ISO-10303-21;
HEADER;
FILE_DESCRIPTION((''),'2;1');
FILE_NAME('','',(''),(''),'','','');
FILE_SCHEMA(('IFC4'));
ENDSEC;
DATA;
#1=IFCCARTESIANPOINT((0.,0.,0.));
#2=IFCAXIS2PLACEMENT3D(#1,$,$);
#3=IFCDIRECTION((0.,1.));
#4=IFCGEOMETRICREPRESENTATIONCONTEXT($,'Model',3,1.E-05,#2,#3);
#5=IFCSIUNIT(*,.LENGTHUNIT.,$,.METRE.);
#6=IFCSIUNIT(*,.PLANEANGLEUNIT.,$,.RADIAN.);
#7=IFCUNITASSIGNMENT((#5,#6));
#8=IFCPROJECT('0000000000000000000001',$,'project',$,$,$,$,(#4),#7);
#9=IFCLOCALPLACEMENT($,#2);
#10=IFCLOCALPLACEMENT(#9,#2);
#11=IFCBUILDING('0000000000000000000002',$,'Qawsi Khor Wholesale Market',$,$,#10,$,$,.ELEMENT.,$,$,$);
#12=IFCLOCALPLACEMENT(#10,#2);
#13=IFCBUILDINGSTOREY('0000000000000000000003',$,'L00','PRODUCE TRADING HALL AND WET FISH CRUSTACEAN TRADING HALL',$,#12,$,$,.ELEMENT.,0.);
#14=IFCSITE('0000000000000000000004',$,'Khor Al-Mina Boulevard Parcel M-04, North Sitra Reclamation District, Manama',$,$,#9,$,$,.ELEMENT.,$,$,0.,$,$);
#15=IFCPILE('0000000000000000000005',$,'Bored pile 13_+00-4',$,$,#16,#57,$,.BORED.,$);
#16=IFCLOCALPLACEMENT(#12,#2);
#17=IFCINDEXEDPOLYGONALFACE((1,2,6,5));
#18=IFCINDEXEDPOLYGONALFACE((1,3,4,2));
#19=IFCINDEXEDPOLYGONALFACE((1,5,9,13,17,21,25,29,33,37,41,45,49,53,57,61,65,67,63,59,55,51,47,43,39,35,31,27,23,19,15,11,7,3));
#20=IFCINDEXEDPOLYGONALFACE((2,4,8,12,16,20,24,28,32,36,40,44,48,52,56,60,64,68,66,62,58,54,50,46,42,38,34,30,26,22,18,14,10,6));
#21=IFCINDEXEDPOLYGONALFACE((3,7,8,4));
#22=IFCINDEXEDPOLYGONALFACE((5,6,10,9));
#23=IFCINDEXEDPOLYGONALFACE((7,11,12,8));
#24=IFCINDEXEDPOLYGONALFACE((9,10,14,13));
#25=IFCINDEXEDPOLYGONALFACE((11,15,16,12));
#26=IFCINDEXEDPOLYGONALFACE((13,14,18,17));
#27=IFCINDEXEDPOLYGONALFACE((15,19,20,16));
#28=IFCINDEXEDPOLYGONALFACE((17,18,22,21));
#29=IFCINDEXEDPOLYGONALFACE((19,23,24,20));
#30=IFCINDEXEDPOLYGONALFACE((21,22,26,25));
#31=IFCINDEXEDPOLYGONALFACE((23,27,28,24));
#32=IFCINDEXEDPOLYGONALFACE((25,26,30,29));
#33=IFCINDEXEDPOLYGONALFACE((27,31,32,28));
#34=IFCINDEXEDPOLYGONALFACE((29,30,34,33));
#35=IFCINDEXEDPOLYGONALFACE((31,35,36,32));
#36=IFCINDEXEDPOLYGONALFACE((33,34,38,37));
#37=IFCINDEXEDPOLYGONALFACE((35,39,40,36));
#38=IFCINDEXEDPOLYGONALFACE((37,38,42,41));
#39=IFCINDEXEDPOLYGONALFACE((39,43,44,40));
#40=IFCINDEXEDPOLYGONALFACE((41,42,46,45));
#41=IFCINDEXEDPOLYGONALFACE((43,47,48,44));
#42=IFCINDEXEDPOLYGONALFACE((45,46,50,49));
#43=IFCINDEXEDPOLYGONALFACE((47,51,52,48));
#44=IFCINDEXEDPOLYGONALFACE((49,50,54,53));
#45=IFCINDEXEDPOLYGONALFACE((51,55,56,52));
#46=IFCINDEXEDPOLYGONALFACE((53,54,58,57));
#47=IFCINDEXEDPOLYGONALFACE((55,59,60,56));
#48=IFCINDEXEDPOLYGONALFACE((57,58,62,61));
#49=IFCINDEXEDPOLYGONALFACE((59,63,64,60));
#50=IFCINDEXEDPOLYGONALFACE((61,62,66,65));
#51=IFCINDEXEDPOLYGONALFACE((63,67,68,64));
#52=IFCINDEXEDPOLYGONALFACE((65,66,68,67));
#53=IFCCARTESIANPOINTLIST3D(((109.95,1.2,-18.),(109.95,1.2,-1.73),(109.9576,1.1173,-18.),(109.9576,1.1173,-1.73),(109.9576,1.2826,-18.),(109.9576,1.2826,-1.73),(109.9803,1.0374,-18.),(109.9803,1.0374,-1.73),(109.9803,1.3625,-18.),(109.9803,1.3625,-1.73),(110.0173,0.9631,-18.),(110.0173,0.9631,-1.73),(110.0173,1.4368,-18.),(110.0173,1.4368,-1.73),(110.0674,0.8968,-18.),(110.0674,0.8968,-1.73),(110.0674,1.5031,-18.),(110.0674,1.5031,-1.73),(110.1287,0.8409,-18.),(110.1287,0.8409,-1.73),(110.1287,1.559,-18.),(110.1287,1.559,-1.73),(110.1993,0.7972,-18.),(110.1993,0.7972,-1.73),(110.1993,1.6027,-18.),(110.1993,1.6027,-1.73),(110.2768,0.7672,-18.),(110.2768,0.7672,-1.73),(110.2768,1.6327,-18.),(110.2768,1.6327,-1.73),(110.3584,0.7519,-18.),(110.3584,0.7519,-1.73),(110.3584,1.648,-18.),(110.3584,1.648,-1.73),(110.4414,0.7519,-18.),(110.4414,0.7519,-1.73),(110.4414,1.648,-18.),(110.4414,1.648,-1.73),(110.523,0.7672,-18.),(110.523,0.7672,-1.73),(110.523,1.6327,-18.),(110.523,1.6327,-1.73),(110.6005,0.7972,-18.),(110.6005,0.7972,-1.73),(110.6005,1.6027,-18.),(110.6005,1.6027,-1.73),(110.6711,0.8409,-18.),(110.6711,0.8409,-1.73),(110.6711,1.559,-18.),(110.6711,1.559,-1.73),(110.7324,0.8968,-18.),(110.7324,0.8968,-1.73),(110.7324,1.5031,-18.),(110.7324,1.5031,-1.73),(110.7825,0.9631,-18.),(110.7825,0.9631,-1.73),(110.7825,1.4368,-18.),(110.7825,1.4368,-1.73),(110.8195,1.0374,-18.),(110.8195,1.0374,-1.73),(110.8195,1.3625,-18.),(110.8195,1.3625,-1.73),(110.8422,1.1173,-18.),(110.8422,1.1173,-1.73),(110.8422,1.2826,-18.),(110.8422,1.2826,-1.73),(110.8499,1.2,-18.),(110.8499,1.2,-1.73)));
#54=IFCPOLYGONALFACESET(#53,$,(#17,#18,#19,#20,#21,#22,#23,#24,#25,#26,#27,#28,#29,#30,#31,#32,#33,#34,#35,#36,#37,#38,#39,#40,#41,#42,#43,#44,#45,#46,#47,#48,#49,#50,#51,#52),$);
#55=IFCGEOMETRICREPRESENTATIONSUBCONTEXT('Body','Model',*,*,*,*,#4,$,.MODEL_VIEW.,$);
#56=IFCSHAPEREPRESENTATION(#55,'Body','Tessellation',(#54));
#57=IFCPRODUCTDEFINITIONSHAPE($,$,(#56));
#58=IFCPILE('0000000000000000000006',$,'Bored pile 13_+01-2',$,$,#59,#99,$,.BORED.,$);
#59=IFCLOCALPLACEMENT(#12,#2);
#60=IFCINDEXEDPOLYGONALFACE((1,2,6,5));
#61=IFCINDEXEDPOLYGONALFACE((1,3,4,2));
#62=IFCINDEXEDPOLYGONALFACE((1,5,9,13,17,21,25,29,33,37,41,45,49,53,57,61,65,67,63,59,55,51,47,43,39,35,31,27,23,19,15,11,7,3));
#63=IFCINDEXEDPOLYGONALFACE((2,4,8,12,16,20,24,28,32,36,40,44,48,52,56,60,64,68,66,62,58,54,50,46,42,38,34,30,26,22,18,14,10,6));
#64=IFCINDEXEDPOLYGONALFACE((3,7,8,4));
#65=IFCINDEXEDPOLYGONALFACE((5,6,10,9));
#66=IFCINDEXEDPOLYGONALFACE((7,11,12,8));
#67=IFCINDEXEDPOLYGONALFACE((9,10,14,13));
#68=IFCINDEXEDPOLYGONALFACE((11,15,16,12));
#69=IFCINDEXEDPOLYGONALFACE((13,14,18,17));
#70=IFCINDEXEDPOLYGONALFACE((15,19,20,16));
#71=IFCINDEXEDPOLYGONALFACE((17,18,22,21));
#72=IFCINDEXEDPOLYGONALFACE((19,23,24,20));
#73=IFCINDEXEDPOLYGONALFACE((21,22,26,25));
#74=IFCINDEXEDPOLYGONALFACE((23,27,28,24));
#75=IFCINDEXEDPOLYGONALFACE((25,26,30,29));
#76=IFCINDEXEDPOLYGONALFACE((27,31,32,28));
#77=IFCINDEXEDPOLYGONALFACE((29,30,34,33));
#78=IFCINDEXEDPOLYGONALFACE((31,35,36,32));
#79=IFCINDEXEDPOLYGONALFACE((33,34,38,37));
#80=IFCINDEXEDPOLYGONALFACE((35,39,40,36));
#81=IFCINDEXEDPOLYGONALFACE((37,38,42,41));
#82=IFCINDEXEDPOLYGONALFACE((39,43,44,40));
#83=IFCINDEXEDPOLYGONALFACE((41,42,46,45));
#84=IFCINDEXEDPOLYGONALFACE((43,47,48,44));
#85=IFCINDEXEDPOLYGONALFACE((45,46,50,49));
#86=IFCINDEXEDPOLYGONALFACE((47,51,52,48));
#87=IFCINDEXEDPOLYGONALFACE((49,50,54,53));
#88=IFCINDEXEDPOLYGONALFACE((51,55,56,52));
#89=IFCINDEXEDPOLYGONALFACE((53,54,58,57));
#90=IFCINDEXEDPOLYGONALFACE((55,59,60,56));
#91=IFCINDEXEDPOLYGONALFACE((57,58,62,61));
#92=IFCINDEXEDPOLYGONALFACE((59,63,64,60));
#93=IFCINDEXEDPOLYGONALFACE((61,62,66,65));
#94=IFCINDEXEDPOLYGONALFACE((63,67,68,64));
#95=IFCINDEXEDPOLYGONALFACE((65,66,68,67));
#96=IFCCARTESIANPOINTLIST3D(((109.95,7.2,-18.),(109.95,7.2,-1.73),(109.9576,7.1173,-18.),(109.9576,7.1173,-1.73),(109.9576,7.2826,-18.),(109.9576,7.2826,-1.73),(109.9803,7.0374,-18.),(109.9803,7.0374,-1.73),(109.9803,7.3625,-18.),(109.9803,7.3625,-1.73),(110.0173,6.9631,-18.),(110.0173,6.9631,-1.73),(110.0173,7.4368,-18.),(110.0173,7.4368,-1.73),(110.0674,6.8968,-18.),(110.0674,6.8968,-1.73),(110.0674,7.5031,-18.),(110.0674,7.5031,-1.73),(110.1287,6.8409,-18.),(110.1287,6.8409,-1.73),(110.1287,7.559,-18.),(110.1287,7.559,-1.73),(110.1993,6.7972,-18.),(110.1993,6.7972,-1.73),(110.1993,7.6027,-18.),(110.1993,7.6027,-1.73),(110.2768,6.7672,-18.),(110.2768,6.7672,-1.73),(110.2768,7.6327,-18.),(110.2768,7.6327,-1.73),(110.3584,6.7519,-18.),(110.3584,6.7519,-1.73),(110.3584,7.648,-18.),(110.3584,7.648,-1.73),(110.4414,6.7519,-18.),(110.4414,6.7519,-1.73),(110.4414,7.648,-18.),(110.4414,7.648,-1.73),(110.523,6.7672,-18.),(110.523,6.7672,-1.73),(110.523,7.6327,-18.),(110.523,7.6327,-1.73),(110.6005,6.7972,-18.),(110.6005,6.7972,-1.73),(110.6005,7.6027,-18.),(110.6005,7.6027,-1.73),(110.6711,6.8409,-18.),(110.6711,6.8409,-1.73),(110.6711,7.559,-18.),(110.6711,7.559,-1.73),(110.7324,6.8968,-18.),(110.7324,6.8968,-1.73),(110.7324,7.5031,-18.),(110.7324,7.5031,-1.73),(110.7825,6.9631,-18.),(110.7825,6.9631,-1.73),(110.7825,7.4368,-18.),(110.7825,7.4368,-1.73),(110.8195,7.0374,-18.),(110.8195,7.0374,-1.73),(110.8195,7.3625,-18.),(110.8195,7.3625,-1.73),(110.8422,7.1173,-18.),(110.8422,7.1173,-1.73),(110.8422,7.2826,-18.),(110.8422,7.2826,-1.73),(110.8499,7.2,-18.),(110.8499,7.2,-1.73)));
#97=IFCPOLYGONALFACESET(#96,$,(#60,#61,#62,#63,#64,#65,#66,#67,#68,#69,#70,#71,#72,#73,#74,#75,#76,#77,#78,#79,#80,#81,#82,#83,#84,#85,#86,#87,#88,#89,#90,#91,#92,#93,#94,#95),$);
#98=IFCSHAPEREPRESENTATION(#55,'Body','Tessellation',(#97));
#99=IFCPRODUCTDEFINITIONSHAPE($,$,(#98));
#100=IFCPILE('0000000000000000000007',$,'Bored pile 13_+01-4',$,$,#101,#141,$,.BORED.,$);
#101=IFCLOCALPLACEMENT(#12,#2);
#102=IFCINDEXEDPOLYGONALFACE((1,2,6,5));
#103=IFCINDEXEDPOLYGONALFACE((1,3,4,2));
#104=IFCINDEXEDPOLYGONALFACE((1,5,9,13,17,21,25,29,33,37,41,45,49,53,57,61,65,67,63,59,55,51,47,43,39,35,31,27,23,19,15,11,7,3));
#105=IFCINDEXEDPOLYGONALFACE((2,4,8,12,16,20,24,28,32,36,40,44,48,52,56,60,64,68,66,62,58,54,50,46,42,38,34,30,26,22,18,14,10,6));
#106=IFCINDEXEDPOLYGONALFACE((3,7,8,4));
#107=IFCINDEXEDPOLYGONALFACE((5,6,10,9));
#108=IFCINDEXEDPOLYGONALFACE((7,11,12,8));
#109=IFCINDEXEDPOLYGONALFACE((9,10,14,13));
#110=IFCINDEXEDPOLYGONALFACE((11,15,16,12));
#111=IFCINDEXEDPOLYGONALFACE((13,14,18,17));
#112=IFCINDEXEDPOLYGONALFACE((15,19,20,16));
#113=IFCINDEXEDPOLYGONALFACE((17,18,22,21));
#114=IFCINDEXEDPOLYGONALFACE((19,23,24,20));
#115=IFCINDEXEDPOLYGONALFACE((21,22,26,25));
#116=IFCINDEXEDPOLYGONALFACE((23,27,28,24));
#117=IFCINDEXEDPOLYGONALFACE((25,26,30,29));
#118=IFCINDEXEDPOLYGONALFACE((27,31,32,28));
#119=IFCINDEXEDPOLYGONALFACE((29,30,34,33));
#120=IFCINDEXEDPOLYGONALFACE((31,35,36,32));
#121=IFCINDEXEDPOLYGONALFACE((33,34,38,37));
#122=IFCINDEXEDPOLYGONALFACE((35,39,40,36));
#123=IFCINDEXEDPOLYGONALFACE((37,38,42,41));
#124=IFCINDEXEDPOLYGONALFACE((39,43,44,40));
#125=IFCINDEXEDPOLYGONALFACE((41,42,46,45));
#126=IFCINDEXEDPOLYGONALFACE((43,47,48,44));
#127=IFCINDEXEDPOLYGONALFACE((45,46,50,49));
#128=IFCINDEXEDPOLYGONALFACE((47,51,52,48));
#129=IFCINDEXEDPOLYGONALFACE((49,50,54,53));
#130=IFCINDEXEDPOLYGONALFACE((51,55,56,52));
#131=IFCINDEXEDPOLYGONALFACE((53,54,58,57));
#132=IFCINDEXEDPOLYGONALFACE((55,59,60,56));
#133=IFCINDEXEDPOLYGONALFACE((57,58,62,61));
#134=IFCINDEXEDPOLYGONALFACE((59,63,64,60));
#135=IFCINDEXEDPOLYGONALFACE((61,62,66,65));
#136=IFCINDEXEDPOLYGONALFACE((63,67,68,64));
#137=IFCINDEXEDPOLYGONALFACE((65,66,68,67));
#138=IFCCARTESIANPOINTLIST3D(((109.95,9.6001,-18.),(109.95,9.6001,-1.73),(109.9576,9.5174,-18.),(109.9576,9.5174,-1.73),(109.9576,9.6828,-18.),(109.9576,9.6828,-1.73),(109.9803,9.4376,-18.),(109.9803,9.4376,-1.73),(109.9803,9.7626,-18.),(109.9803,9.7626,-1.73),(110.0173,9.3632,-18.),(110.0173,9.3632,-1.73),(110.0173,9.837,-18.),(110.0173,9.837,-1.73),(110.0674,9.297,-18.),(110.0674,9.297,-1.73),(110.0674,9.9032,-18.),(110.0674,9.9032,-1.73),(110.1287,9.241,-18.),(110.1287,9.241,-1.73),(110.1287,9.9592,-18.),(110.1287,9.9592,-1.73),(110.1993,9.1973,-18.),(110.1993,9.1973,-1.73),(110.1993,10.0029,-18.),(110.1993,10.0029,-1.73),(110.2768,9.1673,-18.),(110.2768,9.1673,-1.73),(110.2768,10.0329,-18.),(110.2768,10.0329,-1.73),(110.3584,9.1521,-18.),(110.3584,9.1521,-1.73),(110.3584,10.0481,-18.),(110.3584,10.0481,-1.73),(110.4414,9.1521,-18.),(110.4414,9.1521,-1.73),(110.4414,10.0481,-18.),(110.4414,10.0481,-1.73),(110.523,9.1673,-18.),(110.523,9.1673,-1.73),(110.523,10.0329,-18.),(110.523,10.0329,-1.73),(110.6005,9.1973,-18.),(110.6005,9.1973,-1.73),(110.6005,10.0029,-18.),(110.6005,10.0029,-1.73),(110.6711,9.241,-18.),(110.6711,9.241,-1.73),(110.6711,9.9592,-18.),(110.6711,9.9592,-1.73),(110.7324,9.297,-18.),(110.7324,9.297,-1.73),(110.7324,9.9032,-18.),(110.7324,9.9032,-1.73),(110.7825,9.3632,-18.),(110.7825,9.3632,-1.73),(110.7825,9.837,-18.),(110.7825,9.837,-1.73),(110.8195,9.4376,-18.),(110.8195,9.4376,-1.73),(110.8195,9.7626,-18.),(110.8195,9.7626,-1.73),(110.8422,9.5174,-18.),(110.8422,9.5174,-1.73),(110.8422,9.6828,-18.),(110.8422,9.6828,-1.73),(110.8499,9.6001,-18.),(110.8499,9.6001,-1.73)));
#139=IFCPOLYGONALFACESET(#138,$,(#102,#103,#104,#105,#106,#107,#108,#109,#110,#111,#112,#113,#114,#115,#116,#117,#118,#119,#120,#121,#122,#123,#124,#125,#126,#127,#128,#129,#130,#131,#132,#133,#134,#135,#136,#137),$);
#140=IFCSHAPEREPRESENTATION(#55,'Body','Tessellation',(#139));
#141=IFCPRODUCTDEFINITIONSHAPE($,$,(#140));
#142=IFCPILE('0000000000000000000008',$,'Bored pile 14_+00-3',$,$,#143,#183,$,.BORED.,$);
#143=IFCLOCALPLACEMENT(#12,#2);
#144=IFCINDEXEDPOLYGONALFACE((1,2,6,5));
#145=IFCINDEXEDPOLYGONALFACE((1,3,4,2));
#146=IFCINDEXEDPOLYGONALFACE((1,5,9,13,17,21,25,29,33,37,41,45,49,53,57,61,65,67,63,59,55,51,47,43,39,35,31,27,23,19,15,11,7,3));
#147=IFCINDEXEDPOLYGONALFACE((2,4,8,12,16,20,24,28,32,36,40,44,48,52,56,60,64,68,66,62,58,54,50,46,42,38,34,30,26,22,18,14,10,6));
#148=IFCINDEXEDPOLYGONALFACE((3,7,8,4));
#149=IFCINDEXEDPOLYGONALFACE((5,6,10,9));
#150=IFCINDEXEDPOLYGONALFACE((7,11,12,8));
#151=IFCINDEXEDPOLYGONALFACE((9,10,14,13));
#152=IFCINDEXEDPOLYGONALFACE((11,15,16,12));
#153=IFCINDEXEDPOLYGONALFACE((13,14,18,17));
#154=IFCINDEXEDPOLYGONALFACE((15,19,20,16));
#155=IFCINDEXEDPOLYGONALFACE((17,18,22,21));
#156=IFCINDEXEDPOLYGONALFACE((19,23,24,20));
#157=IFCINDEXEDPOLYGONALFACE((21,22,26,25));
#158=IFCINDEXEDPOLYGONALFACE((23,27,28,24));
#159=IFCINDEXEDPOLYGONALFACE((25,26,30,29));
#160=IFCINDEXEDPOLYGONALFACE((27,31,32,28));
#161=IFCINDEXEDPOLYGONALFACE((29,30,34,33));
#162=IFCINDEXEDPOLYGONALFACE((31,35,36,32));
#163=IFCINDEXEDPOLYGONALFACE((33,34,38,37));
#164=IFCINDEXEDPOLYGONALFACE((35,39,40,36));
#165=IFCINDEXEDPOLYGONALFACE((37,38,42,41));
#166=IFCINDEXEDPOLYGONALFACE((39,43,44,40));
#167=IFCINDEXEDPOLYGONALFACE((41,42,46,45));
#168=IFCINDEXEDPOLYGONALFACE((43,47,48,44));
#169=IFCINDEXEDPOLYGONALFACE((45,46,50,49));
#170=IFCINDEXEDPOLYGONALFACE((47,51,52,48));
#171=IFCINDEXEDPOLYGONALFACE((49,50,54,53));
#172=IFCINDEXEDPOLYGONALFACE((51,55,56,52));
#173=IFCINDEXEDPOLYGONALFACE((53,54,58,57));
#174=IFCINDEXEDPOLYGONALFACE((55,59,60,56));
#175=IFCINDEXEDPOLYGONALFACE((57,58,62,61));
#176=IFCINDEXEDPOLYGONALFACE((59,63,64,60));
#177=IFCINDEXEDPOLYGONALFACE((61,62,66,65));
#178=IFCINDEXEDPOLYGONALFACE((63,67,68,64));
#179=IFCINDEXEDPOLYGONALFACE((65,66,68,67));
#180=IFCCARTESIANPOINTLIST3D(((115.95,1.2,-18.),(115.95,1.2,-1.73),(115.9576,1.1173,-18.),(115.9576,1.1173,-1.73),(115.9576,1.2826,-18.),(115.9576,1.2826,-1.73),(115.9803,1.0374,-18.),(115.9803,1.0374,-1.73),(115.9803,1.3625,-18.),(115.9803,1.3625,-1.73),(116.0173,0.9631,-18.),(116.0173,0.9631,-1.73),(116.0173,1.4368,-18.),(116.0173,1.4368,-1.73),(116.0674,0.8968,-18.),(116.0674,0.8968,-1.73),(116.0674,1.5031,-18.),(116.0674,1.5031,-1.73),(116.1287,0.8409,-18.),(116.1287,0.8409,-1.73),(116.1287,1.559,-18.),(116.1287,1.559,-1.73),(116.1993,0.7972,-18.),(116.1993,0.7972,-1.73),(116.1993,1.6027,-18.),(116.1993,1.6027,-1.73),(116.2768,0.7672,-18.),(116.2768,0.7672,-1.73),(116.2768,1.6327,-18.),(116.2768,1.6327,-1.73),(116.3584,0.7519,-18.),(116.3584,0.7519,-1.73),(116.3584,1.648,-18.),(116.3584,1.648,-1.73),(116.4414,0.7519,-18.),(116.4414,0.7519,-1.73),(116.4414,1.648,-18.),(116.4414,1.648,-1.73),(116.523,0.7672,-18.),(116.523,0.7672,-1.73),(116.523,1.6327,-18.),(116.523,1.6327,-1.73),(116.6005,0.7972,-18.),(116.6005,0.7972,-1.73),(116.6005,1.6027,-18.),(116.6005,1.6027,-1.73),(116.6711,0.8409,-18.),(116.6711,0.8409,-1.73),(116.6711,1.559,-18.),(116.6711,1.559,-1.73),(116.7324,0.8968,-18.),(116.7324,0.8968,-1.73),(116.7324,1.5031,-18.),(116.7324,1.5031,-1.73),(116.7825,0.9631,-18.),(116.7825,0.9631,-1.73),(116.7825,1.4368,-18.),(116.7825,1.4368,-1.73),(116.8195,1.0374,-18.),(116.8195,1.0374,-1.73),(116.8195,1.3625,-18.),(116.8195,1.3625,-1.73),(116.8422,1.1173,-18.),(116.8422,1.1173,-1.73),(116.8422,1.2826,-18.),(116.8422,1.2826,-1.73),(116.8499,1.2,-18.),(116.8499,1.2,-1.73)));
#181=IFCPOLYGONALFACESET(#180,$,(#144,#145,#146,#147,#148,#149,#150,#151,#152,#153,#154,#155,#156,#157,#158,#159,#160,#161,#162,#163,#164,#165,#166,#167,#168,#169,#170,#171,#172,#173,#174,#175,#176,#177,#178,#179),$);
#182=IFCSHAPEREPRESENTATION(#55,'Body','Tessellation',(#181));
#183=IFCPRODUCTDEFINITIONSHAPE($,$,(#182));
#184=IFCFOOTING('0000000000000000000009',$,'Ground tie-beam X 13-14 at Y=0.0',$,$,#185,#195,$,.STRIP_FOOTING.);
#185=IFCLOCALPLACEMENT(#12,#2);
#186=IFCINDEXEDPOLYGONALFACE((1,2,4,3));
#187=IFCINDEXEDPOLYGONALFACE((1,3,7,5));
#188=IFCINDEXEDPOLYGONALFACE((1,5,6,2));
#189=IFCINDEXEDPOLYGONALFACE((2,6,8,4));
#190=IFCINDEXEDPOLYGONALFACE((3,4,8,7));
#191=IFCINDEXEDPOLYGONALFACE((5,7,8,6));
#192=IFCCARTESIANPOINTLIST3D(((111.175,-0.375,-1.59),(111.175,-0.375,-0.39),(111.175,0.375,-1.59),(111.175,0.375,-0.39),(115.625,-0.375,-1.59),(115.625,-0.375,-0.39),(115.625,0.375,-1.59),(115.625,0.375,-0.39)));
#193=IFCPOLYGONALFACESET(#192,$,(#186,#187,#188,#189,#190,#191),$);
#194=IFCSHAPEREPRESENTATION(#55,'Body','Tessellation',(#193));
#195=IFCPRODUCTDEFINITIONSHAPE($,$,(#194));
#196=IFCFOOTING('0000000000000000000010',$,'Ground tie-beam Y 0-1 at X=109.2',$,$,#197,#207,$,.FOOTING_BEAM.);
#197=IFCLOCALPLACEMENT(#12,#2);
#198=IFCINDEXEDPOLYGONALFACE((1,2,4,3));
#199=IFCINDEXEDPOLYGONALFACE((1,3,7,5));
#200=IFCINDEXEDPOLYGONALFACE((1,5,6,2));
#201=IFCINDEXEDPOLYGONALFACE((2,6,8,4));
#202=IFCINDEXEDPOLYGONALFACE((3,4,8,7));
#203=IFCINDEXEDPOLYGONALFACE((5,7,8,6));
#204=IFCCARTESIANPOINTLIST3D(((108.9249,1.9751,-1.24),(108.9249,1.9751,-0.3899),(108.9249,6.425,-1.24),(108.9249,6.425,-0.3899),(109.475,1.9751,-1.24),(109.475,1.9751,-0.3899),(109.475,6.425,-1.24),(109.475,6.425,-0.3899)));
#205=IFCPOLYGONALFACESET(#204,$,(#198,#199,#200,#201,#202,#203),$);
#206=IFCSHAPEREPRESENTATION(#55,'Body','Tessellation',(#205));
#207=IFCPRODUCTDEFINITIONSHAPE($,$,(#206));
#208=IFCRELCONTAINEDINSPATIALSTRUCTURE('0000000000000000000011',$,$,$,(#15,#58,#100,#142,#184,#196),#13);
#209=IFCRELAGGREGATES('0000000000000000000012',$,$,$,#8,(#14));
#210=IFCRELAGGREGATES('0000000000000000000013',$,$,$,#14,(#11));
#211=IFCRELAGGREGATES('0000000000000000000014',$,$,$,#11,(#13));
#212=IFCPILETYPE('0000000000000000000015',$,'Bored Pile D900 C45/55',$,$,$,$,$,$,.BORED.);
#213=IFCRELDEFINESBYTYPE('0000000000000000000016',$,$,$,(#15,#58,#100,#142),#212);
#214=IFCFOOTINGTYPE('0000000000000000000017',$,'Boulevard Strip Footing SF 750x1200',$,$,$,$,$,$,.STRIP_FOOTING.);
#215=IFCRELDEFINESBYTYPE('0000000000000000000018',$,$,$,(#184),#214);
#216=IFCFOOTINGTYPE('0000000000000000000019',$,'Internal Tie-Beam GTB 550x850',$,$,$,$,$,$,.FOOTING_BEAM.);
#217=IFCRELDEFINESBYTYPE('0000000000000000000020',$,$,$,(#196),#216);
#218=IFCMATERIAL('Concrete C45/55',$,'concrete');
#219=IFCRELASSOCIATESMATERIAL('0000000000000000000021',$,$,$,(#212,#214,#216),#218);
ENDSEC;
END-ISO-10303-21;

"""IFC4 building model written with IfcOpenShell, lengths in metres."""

from ifc_helpers import new_model, si_unit, direction, frame, origin, origin_2d, place, context, subcontext, project, spatial, rectangle, circle, extrude, material, material_profile, profile_set, type_object, element, save


model = new_model("IFC4")

# Units and contexts
model_context = context("Model", 3, precision=1e-05, world=origin(), true_north=direction((0.0, 1.0)))
body_context = subcontext(model_context, "Body", "Model", "MODEL_VIEW")
ifc_project = project(units=[si_unit("LENGTHUNIT", "METRE"), si_unit("PLANEANGLEUNIT", "RADIAN")], contexts=[model_context])

# Site, building, storey
site_placement = place(None, origin())
site = spatial("IfcSite", under=ifc_project, at=site_placement, Name="Khor Al-Mina Boulevard Parcel M-04, North Sitra Reclamation District, Manama", CompositionType="ELEMENT", RefElevation=0.0)
building_placement = place(site_placement, origin())
building = spatial("IfcBuilding", under=site, at=building_placement, Name="Qawsi Khor Wholesale Market", CompositionType="ELEMENT")
storey_placement = place(building_placement, origin())
storey = spatial("IfcBuildingStorey", under=building, at=storey_placement, Name="L00", Description="PRODUCE TRADING HALL AND WET FISH CRUSTACEAN TRADING HALL", CompositionType="ELEMENT", Elevation=0.0)

# Piles
ifc_material_1 = material(Name="Concrete C45/55", Category="concrete")
ifc_material_profile_1 = material_profile(ifc_material_1, circle(Radius=0.45, at=origin_2d()), Name="PILE D900")
ifc_profile_set_1 = profile_set([ifc_material_profile_1], Name="Concrete C45/55")
pile_type = type_object("IfcPileType", Name="Bored Pile D900 C45/55", PredefinedType="BORED", material=ifc_profile_set_1)
for number, where, z_axis, x_axis, name in (
    (1, (110.3999, 1.2, -1.73), (0.0, 0.0, -1.0), (1.0, 0.0, 0.0), "Bored pile 13_+00-4"),
    (2, (110.3999, 7.2, -1.73), (0.0, 0.0, -1.0), (1.0, 0.0, 0.0), "Bored pile 13_+01-2"),
    (3, (110.3999, 9.6001, -1.73), (0.0, 0.0, -1.0), (1.0, 0.0, 0.0), "Bored pile 13_+01-4"),
    (4, (116.3999, 1.2, -1.73), (0.0, 0.0, -1.0), (1.0, 0.0, 0.0), "Bored pile 14_+00-3"),
):
    element("IfcPile", number, at=place(storey_placement, frame(where, z_axis=z_axis, x_axis=x_axis)), inside=storey, type_object=pile_type, Name=name, PredefinedType="BORED", context=body_context, shape_type="SweptSolid", body=[
        extrude(circle(Radius=0.45, at=origin_2d()), origin(), (0.0, 0.0, 1.0), 16.27),
    ])

# Footings
ifc_material_profile_2 = material_profile(ifc_material_1, rectangle(XDim=0.75, YDim=1.2, at=origin_2d()), Name="RC 750x1200")
ifc_profile_set_2 = profile_set([ifc_material_profile_2], Name="Concrete C45/55")
footing_type_1 = type_object("IfcFootingType", Name="Boulevard Strip Footing SF 750x1200", PredefinedType="STRIP_FOOTING", material=ifc_profile_set_2)
footing_1_placement = place(storey_placement, frame((111.175, 0.0, -0.99), z_axis=(1.0, 0.0, 0.0), x_axis=(0.0, 1.0, 0.0)))
element("IfcFooting", 5, at=footing_1_placement, inside=storey, type_object=footing_type_1, Name="Ground tie-beam X 13-14 at Y=0.0", PredefinedType="STRIP_FOOTING", context=body_context, shape_type="SweptSolid", body=[
    extrude(rectangle(XDim=0.75, YDim=1.2, at=origin_2d()), origin(), (0.0, 0.0, 1.0), 4.45),
])
ifc_material_profile_3 = material_profile(ifc_material_1, rectangle(XDim=0.55, YDim=0.8501, at=origin_2d()), Name="RC 550x850")
ifc_profile_set_3 = profile_set([ifc_material_profile_3], Name="Concrete C45/55")
footing_type_2 = type_object("IfcFootingType", Name="Internal Tie-Beam GTB 550x850", PredefinedType="FOOTING_BEAM", material=ifc_profile_set_3)
footing_2_placement = place(storey_placement, frame((109.2, 1.9751, -0.8149), z_axis=(0.0, 1.0, 0.0), x_axis=(-1.0, 0.0, 0.0)))
element("IfcFooting", 6, at=footing_2_placement, inside=storey, type_object=footing_type_2, Name="Ground tie-beam Y 0-1 at X=109.2", PredefinedType="FOOTING_BEAM", context=body_context, shape_type="SweptSolid", body=[
    extrude(rectangle(XDim=0.55, YDim=0.8501, at=origin_2d()), origin(), (0.0, 0.0, 1.0), 4.45),
])

save(model, "model.ifc")
